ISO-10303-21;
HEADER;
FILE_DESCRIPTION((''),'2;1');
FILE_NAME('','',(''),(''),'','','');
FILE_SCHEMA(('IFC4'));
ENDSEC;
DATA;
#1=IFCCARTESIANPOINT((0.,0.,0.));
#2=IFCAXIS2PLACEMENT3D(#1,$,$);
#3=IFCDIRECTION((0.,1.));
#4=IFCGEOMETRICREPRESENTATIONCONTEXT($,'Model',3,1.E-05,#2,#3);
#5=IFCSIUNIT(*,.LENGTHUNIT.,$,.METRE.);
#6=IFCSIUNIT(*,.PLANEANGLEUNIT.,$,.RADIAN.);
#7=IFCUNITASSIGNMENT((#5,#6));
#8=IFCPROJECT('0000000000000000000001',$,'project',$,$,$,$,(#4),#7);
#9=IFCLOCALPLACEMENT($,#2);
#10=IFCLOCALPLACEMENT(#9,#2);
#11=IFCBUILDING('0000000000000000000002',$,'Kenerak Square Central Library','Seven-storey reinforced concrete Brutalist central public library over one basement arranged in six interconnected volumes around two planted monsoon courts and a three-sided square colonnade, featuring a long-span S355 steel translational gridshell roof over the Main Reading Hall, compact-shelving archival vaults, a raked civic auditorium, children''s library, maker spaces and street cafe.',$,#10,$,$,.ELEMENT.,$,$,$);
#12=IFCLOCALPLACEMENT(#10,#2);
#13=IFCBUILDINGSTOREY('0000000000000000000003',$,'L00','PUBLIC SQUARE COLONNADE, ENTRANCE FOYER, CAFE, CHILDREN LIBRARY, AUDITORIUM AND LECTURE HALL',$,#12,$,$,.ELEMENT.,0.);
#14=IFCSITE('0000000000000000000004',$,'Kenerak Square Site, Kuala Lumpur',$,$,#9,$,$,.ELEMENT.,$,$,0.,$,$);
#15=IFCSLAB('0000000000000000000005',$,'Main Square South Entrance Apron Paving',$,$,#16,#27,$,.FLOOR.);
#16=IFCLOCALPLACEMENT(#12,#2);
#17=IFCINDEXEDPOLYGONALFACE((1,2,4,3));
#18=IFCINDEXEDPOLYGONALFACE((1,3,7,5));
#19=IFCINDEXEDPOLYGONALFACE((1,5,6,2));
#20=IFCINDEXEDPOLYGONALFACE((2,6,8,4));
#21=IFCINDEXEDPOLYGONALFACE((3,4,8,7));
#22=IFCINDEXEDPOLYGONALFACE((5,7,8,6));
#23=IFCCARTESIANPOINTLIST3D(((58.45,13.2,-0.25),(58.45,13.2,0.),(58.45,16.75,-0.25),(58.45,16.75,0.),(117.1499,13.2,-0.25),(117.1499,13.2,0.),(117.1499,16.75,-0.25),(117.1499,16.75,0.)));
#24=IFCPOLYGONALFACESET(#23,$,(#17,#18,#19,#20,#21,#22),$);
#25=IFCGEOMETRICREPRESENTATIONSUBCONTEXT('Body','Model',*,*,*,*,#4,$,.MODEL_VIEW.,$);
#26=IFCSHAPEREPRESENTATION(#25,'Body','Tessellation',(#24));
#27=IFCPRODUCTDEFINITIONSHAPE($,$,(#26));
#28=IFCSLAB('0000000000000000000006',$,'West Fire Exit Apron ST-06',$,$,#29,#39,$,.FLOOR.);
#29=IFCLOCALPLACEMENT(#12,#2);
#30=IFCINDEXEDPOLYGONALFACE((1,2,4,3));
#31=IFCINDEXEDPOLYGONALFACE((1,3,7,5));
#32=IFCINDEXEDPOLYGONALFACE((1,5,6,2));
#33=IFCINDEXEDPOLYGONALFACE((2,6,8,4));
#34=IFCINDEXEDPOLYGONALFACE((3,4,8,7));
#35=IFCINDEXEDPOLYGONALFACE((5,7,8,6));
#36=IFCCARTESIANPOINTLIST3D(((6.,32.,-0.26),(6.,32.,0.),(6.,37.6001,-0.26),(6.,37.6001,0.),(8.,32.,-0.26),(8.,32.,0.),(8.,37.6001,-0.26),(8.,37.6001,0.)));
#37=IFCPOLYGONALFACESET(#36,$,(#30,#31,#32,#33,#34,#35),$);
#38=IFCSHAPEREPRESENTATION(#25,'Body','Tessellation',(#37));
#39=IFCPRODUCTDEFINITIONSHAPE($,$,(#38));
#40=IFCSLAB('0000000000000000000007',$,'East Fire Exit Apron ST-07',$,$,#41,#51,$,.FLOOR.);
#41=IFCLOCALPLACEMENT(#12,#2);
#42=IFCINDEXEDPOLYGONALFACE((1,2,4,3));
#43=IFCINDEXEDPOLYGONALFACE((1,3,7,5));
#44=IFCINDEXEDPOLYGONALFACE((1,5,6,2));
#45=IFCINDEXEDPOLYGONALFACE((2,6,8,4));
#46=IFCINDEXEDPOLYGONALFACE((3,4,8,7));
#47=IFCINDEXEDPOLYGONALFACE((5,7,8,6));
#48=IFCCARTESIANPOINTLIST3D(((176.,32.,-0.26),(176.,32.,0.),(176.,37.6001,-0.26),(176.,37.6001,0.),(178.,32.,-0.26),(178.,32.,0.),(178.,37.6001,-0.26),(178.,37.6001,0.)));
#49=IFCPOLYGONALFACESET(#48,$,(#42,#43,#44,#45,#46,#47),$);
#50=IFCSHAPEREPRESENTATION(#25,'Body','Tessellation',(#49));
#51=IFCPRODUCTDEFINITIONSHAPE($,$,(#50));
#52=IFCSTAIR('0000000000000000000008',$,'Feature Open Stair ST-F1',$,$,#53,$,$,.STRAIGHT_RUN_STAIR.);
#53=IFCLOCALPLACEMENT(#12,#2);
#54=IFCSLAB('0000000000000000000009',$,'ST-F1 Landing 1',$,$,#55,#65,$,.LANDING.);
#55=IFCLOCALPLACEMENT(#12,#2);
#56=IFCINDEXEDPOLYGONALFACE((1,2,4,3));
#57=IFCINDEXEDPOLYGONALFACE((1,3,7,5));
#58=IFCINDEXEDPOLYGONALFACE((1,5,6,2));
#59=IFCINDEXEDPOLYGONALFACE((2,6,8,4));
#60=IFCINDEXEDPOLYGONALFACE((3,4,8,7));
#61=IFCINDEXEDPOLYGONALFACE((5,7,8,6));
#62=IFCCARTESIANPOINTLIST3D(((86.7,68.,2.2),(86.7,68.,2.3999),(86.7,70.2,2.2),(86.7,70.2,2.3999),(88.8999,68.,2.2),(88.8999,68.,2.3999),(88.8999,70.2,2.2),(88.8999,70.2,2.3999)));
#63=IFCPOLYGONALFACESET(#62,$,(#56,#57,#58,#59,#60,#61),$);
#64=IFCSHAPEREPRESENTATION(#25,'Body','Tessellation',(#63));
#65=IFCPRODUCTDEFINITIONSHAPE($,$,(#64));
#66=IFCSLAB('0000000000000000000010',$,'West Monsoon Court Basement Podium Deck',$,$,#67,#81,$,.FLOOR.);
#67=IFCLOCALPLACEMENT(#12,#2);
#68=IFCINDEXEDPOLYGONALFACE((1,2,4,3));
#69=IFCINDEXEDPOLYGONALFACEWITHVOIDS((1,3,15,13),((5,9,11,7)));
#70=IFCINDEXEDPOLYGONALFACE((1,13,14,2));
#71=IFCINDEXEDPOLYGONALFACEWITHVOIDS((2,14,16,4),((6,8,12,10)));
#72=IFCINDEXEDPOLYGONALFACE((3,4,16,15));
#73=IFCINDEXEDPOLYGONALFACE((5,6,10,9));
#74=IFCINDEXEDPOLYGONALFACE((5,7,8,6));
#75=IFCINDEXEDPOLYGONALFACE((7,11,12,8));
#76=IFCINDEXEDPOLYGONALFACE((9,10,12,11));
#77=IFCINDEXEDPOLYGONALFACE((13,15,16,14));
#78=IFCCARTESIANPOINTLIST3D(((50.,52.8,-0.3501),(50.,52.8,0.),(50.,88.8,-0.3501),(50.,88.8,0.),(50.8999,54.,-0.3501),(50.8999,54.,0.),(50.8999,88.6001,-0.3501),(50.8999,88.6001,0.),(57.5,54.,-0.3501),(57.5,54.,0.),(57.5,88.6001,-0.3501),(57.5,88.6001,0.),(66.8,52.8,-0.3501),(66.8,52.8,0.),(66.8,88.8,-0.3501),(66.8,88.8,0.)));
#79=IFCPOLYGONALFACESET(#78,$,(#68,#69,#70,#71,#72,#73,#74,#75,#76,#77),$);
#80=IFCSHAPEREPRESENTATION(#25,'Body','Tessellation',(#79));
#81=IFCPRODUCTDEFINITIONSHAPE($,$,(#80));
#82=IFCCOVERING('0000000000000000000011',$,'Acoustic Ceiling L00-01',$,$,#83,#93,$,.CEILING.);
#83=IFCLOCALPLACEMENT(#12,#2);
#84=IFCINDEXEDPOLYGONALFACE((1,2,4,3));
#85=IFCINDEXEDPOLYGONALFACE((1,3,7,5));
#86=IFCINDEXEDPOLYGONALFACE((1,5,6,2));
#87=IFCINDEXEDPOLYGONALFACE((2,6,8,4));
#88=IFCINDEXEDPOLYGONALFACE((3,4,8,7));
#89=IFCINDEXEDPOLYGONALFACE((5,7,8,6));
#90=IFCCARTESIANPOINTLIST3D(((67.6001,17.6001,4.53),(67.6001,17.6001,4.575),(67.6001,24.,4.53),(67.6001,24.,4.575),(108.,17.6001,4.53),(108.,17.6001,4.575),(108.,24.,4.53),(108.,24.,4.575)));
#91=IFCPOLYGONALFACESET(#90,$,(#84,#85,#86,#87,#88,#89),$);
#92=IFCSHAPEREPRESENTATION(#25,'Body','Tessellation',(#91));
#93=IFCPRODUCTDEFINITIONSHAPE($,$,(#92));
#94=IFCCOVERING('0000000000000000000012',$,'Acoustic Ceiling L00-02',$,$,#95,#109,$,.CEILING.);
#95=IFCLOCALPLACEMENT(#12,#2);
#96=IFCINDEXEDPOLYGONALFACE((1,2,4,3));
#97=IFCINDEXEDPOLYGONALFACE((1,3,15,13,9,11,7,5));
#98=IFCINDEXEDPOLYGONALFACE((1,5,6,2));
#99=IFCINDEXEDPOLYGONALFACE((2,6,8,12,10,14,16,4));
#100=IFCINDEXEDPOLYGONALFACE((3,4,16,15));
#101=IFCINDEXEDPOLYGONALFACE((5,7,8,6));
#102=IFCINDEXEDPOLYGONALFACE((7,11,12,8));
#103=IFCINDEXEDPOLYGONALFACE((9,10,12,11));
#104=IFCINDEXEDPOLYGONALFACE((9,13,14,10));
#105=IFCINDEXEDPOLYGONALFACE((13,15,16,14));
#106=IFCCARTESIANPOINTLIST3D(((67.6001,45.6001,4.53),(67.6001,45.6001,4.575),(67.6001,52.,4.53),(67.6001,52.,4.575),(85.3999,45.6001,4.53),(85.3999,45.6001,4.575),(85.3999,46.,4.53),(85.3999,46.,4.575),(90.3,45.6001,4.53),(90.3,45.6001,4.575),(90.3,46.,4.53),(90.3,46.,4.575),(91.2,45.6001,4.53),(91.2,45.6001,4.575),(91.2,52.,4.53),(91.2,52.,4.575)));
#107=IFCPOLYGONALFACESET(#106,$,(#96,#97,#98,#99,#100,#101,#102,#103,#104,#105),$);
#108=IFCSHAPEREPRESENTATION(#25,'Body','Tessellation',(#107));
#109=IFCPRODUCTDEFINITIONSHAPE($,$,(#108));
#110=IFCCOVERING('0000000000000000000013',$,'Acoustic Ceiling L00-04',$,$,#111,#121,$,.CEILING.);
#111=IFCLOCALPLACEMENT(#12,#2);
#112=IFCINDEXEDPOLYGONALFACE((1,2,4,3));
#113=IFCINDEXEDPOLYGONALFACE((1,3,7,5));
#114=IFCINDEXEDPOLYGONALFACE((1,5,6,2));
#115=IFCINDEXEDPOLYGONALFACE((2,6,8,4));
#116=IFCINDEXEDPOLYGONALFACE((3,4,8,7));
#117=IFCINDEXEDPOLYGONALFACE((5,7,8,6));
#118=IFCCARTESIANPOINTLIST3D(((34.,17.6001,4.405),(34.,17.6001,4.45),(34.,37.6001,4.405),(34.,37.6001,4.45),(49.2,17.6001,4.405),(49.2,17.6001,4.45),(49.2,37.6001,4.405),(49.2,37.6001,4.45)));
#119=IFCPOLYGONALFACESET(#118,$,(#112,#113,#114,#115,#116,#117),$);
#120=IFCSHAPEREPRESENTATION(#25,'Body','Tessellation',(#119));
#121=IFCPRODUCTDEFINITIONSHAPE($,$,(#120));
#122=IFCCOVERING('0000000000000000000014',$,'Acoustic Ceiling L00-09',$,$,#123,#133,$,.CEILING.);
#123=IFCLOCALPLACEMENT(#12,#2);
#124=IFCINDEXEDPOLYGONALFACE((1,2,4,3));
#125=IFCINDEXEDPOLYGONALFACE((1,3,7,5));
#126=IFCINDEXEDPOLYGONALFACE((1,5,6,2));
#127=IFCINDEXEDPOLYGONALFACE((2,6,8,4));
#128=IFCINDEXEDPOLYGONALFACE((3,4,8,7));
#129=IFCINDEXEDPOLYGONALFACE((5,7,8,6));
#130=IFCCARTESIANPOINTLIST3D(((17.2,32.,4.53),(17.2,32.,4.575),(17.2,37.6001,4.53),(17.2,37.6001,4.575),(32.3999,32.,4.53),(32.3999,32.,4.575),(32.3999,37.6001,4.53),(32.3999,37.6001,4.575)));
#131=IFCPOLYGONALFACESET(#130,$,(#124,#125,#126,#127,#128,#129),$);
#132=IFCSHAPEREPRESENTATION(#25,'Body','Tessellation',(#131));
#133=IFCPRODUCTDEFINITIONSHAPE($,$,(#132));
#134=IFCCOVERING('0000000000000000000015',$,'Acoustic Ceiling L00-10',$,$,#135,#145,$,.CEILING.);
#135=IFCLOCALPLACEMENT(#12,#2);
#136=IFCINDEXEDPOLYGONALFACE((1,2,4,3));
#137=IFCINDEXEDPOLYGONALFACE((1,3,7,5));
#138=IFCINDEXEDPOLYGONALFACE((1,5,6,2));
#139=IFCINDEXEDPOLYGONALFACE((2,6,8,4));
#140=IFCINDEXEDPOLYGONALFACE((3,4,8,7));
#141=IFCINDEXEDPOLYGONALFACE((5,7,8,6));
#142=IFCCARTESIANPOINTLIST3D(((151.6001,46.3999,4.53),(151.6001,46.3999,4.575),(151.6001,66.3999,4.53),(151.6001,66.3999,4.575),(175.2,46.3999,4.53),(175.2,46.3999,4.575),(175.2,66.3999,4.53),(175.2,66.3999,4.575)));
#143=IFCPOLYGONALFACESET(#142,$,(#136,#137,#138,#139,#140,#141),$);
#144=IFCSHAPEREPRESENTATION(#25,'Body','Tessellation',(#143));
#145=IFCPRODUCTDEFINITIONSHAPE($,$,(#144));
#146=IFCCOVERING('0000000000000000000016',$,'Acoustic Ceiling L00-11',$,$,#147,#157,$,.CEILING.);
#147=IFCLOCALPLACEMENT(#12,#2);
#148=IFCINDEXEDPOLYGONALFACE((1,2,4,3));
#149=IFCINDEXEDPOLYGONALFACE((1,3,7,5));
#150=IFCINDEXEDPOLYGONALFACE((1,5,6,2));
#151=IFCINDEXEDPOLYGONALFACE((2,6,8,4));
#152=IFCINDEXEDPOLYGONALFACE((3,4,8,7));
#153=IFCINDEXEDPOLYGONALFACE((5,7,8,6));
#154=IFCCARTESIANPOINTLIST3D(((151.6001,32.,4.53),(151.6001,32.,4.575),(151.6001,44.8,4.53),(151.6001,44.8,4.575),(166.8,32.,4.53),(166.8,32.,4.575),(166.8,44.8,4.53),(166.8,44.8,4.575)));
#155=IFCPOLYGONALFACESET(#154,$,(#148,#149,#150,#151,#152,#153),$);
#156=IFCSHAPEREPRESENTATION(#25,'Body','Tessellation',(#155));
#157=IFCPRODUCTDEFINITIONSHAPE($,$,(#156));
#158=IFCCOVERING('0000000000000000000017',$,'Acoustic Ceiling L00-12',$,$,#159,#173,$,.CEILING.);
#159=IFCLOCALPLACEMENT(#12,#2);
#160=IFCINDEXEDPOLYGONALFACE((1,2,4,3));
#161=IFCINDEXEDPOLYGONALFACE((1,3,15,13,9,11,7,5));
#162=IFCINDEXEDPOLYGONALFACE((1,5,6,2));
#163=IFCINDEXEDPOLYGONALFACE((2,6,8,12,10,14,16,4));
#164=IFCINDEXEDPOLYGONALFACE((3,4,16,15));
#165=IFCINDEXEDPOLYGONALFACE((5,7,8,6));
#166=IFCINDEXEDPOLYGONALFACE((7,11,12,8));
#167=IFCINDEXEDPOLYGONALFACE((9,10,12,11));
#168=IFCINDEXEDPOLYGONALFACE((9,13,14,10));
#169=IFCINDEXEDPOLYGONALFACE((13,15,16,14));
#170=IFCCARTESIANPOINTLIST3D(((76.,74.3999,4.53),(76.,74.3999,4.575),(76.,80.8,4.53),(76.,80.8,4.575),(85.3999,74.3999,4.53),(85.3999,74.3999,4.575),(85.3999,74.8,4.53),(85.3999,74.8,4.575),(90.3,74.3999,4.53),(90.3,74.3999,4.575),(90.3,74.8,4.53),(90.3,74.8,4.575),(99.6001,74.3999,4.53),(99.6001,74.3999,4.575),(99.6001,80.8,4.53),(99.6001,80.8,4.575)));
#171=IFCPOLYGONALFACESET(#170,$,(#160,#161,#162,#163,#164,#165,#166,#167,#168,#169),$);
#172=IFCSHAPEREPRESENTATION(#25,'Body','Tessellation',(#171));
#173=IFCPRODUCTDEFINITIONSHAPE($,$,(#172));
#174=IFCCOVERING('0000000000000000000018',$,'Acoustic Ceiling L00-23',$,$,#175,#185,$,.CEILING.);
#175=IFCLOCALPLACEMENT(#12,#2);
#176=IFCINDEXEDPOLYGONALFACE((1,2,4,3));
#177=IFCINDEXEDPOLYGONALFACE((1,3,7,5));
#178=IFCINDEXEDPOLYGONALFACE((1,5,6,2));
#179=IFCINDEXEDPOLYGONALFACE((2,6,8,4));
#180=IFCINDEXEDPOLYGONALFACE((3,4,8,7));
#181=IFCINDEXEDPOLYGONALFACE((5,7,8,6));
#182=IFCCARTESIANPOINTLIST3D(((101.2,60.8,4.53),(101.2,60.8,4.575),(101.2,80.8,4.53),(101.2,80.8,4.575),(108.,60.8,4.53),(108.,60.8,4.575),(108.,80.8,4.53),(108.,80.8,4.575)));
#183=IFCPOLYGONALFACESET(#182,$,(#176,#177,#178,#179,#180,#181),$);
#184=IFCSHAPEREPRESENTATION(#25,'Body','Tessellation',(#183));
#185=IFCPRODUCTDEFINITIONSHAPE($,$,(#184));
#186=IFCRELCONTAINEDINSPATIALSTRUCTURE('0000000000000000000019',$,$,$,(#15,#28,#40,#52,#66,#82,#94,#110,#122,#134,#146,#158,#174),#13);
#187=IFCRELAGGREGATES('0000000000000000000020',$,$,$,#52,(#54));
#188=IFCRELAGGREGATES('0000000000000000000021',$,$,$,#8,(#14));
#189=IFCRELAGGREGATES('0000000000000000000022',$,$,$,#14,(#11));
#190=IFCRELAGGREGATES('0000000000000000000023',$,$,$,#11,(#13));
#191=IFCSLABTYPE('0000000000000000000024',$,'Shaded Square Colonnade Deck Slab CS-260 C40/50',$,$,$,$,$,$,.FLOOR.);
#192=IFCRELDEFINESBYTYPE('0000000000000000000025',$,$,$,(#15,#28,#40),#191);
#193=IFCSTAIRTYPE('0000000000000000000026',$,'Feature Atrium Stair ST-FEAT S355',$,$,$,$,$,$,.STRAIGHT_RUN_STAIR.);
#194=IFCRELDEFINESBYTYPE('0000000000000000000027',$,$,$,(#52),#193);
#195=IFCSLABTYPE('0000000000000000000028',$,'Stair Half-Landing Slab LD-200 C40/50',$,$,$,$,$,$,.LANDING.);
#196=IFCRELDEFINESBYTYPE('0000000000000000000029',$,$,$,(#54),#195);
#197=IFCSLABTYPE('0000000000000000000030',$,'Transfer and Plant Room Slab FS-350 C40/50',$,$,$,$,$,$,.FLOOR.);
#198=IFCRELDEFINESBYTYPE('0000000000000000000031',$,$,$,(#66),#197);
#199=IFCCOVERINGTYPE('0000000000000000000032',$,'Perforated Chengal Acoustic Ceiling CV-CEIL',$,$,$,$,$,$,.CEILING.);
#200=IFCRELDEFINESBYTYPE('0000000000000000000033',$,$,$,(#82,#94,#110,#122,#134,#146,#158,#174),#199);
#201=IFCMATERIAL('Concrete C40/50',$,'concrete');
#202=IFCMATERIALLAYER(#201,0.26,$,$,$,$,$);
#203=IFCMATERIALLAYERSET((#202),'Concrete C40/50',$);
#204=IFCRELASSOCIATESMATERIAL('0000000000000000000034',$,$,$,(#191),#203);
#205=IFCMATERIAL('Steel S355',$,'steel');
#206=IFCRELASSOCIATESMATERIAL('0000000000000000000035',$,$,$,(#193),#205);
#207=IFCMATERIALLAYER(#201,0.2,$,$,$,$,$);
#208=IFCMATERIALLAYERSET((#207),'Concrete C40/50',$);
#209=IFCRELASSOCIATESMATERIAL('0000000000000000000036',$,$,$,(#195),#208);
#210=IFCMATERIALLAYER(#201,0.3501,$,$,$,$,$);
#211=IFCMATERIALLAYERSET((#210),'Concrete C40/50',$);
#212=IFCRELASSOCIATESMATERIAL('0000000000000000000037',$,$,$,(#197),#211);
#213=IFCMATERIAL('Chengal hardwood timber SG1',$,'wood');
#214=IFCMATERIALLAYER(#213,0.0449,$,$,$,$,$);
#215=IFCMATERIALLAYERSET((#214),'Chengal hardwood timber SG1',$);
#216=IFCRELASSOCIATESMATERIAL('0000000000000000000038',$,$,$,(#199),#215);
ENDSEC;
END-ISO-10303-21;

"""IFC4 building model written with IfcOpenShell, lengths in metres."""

from ifc_helpers import new_model, si_unit, direction, frame, origin, place, context, subcontext, project, spatial, polyline, outline, extrude, material, layer, layer_set, type_object, element, aggregate, save


model = new_model("IFC4")

# Units and contexts
model_context = context("Model", 3, precision=1e-05, world=origin(), true_north=direction((0.0, 1.0)))
body_context = subcontext(model_context, "Body", "Model", "MODEL_VIEW")
ifc_project = project(units=[si_unit("LENGTHUNIT", "METRE"), si_unit("PLANEANGLEUNIT", "RADIAN")], contexts=[model_context])

# Site, building, storey
site_placement = place(None, origin())
site = spatial("IfcSite", under=ifc_project, at=site_placement, Name="Kenerak Square Site, Kuala Lumpur", CompositionType="ELEMENT", RefElevation=0.0)
building_placement = place(site_placement, origin())
building = spatial("IfcBuilding", under=site, at=building_placement, Name="Kenerak Square Central Library", Description="Seven-storey reinforced concrete Brutalist central public library over one basement arranged in six interconnected volumes around two planted monsoon courts and a three-sided square colonnade, featuring a long-span S355 steel translational gridshell roof over the Main Reading Hall, compact-shelving archival vaults, a raked civic auditorium, children's library, maker spaces and street cafe.", CompositionType="ELEMENT")
storey_placement = place(building_placement, origin())
storey = spatial("IfcBuildingStorey", under=building, at=storey_placement, Name="L00", Description="PUBLIC SQUARE COLONNADE, ENTRANCE FOYER, CAFE, CHILDREN LIBRARY, AUDITORIUM AND LECTURE HALL", CompositionType="ELEMENT", Elevation=0.0)

# Slabs
ifc_material_1 = material(Name="Concrete C40/50", Category="concrete")
ifc_layer_1 = layer(ifc_material_1, 0.26)
ifc_layer_set_1 = layer_set([ifc_layer_1], Name="Concrete C40/50")
slab_type_1 = type_object("IfcSlabType", Name="Shaded Square Colonnade Deck Slab CS-260 C40/50", PredefinedType="FLOOR", material=ifc_layer_set_1)
slab_1_placement = place(storey_placement, frame((0.0, 0.0, -0.25)))
element("IfcSlab", 1, at=slab_1_placement, inside=storey, type_object=slab_type_1, Name="Main Square South Entrance Apron Paving", PredefinedType="FLOOR", context=body_context, shape_type="SweptSolid", body=[
    extrude(outline(polyline([(58.45, 13.2), (117.1499, 13.2), (117.1499, 16.75), (58.45, 16.75), (58.45, 13.2)])), origin(), (0.0, 0.0, 1.0), 0.25),
])
slab_2_placement = place(storey_placement, frame((0.0, 0.0, -0.26)))
element("IfcSlab", 2, at=slab_2_placement, inside=storey, type_object=slab_type_1, Name="West Fire Exit Apron ST-06", PredefinedType="FLOOR", context=body_context, shape_type="SweptSolid", body=[
    extrude(outline(polyline([(6.0, 32.0), (8.0, 32.0), (8.0, 37.6001), (6.0, 37.6001), (6.0, 32.0)])), origin(), (0.0, 0.0, 1.0), 0.26),
])
slab_3_placement = place(storey_placement, frame((0.0, 0.0, -0.26)))
element("IfcSlab", 3, at=slab_3_placement, inside=storey, type_object=slab_type_1, Name="East Fire Exit Apron ST-07", PredefinedType="FLOOR", context=body_context, shape_type="SweptSolid", body=[
    extrude(outline(polyline([(176.0, 32.0), (178.0, 32.0), (178.0, 37.6001), (176.0, 37.6001), (176.0, 32.0)])), origin(), (0.0, 0.0, 1.0), 0.26),
])

# Stair, slab
ifc_material_2 = material(Name="Steel S355", Category="steel")
stair_type = type_object("IfcStairType", Name="Feature Atrium Stair ST-FEAT S355", PredefinedType="STRAIGHT_RUN_STAIR", material=ifc_material_2)
stair_placement = place(storey_placement, origin())
stair = element("IfcStair", 4, at=stair_placement, inside=storey, type_object=stair_type, Name="Feature Open Stair ST-F1", PredefinedType="STRAIGHT_RUN_STAIR")
ifc_layer_2 = layer(ifc_material_1, 0.2)
ifc_layer_set_2 = layer_set([ifc_layer_2], Name="Concrete C40/50")
slab_type_2 = type_object("IfcSlabType", Name="Stair Half-Landing Slab LD-200 C40/50", PredefinedType="LANDING", material=ifc_layer_set_2)
slab_4_placement = place(storey_placement, frame((0.0, 0.0, 2.2)))
slab_4 = element("IfcSlab", 5, at=slab_4_placement, type_object=slab_type_2, Name="ST-F1 Landing 1", PredefinedType="LANDING", context=body_context, shape_type="SweptSolid", body=[
    extrude(outline(polyline([(86.7, 68.0), (88.8999, 68.0), (88.8999, 70.2), (86.7, 70.2), (86.7, 68.0)])), origin(), (0.0, 0.0, 1.0), 0.2),
])
aggregate(stair, [slab_4])

# Slab
ifc_layer_3 = layer(ifc_material_1, 0.3501)
ifc_layer_set_3 = layer_set([ifc_layer_3], Name="Concrete C40/50")
slab_type_3 = type_object("IfcSlabType", Name="Transfer and Plant Room Slab FS-350 C40/50", PredefinedType="FLOOR", material=ifc_layer_set_3)
slab_5_placement = place(storey_placement, frame((0.0, 0.0, -0.3501)))
element("IfcSlab", 6, at=slab_5_placement, inside=storey, type_object=slab_type_3, Name="West Monsoon Court Basement Podium Deck", PredefinedType="FLOOR", context=body_context, shape_type="SweptSolid", body=[
    extrude(outline(polyline([(50.0, 52.8), (66.8, 52.8), (66.8, 88.8), (50.0, 88.8), (50.0, 52.8)]), holes=[polyline([(50.8999, 54.0), (57.5, 54.0), (57.5, 88.6001), (50.8999, 88.6001), (50.8999, 54.0)])]), origin(), (0.0, 0.0, 1.0), 0.3501),
])

# Coverings
ifc_material_3 = material(Name="Chengal hardwood timber SG1", Category="wood")
ifc_layer_4 = layer(ifc_material_3, 0.0449)
ifc_layer_set_4 = layer_set([ifc_layer_4], Name="Chengal hardwood timber SG1")
covering_type_1 = type_object("IfcCoveringType", Name="Perforated Chengal Acoustic Ceiling CV-CEIL", PredefinedType="CEILING", material=ifc_layer_set_4)
covering_1_placement = place(storey_placement, frame((0.0, 0.0, 4.53)))
element("IfcCovering", 7, at=covering_1_placement, inside=storey, type_object=covering_type_1, Name="Acoustic Ceiling L00-01", PredefinedType="CEILING", context=body_context, shape_type="SweptSolid", body=[
    extrude(outline(polyline([(108.0, 17.6001), (67.6001, 17.6001), (67.6001, 24.0), (108.0, 24.0), (108.0, 17.6001)])), origin(), (0.0, 0.0, 1.0), 0.0449),
])
covering_2_placement = place(storey_placement, frame((0.0, 0.0, 4.53)))
element("IfcCovering", 8, at=covering_2_placement, inside=storey, type_object=covering_type_1, Name="Acoustic Ceiling L00-02", PredefinedType="CEILING", context=body_context, shape_type="SweptSolid", body=[
    extrude(outline(polyline([(90.3, 46.0), (85.3999, 46.0), (85.3999, 45.6001), (67.6001, 45.6001), (67.6001, 52.0), (91.2, 52.0), (91.2, 45.6001), (90.3, 45.6001), (90.3, 46.0)])), origin(), (0.0, 0.0, 1.0), 0.0449),
])
covering_3_placement = place(storey_placement, frame((0.0, 0.0, 4.405)))
element("IfcCovering", 9, at=covering_3_placement, inside=storey, type_object=covering_type_1, Name="Acoustic Ceiling L00-04", PredefinedType="CEILING", context=body_context, shape_type="SweptSolid", body=[
    extrude(outline(polyline([(34.0, 37.6001), (49.2, 37.6001), (49.2, 17.6001), (34.0, 17.6001), (34.0, 37.6001)])), origin(), (0.0, 0.0, 1.0), 0.0449),
])
covering_4_placement = place(storey_placement, frame((0.0, 0.0, 4.53)))
element("IfcCovering", 10, at=covering_4_placement, inside=storey, type_object=covering_type_1, Name="Acoustic Ceiling L00-09", PredefinedType="CEILING", context=body_context, shape_type="SweptSolid", body=[
    extrude(outline(polyline([(17.2, 37.6001), (32.3999, 37.6001), (32.3999, 32.0), (17.2, 32.0), (17.2, 37.6001)])), origin(), (0.0, 0.0, 1.0), 0.0449),
])
covering_5_placement = place(storey_placement, frame((0.0, 0.0, 4.53)))
element("IfcCovering", 11, at=covering_5_placement, inside=storey, type_object=covering_type_1, Name="Acoustic Ceiling L00-10", PredefinedType="CEILING", context=body_context, shape_type="SweptSolid", body=[
    extrude(outline(polyline([(151.6001, 66.3999), (175.2, 66.3999), (175.2, 46.3999), (151.6001, 46.3999), (151.6001, 66.3999)])), origin(), (0.0, 0.0, 1.0), 0.0449),
])
covering_6_placement = place(storey_placement, frame((0.0, 0.0, 4.53)))
element("IfcCovering", 12, at=covering_6_placement, inside=storey, type_object=covering_type_1, Name="Acoustic Ceiling L00-11", PredefinedType="CEILING", context=body_context, shape_type="SweptSolid", body=[
    extrude(outline(polyline([(151.6001, 44.8), (166.8, 44.8), (166.8, 32.0), (151.6001, 32.0), (151.6001, 44.8)])), origin(), (0.0, 0.0, 1.0), 0.0449),
])
covering_7_placement = place(storey_placement, frame((0.0, 0.0, 4.53)))
element("IfcCovering", 13, at=covering_7_placement, inside=storey, type_object=covering_type_1, Name="Acoustic Ceiling L00-12", PredefinedType="CEILING", context=body_context, shape_type="SweptSolid", body=[
    extrude(outline(polyline([(90.3, 74.8), (85.3999, 74.8), (85.3999, 74.3999), (76.0, 74.3999), (76.0, 80.8), (99.6001, 80.8), (99.6001, 74.3999), (90.3, 74.3999), (90.3, 74.8)])), origin(), (0.0, 0.0, 1.0), 0.0449),
])
covering_8_placement = place(storey_placement, frame((0.0, 0.0, 4.53)))
element("IfcCovering", 14, at=covering_8_placement, inside=storey, type_object=covering_type_1, Name="Acoustic Ceiling L00-23", PredefinedType="CEILING", context=body_context, shape_type="SweptSolid", body=[
    extrude(outline(polyline([(101.2, 80.8), (108.0, 80.8), (108.0, 60.8), (101.2, 60.8), (101.2, 80.8)])), origin(), (0.0, 0.0, 1.0), 0.0449),
])

save(model, "model.ifc")
